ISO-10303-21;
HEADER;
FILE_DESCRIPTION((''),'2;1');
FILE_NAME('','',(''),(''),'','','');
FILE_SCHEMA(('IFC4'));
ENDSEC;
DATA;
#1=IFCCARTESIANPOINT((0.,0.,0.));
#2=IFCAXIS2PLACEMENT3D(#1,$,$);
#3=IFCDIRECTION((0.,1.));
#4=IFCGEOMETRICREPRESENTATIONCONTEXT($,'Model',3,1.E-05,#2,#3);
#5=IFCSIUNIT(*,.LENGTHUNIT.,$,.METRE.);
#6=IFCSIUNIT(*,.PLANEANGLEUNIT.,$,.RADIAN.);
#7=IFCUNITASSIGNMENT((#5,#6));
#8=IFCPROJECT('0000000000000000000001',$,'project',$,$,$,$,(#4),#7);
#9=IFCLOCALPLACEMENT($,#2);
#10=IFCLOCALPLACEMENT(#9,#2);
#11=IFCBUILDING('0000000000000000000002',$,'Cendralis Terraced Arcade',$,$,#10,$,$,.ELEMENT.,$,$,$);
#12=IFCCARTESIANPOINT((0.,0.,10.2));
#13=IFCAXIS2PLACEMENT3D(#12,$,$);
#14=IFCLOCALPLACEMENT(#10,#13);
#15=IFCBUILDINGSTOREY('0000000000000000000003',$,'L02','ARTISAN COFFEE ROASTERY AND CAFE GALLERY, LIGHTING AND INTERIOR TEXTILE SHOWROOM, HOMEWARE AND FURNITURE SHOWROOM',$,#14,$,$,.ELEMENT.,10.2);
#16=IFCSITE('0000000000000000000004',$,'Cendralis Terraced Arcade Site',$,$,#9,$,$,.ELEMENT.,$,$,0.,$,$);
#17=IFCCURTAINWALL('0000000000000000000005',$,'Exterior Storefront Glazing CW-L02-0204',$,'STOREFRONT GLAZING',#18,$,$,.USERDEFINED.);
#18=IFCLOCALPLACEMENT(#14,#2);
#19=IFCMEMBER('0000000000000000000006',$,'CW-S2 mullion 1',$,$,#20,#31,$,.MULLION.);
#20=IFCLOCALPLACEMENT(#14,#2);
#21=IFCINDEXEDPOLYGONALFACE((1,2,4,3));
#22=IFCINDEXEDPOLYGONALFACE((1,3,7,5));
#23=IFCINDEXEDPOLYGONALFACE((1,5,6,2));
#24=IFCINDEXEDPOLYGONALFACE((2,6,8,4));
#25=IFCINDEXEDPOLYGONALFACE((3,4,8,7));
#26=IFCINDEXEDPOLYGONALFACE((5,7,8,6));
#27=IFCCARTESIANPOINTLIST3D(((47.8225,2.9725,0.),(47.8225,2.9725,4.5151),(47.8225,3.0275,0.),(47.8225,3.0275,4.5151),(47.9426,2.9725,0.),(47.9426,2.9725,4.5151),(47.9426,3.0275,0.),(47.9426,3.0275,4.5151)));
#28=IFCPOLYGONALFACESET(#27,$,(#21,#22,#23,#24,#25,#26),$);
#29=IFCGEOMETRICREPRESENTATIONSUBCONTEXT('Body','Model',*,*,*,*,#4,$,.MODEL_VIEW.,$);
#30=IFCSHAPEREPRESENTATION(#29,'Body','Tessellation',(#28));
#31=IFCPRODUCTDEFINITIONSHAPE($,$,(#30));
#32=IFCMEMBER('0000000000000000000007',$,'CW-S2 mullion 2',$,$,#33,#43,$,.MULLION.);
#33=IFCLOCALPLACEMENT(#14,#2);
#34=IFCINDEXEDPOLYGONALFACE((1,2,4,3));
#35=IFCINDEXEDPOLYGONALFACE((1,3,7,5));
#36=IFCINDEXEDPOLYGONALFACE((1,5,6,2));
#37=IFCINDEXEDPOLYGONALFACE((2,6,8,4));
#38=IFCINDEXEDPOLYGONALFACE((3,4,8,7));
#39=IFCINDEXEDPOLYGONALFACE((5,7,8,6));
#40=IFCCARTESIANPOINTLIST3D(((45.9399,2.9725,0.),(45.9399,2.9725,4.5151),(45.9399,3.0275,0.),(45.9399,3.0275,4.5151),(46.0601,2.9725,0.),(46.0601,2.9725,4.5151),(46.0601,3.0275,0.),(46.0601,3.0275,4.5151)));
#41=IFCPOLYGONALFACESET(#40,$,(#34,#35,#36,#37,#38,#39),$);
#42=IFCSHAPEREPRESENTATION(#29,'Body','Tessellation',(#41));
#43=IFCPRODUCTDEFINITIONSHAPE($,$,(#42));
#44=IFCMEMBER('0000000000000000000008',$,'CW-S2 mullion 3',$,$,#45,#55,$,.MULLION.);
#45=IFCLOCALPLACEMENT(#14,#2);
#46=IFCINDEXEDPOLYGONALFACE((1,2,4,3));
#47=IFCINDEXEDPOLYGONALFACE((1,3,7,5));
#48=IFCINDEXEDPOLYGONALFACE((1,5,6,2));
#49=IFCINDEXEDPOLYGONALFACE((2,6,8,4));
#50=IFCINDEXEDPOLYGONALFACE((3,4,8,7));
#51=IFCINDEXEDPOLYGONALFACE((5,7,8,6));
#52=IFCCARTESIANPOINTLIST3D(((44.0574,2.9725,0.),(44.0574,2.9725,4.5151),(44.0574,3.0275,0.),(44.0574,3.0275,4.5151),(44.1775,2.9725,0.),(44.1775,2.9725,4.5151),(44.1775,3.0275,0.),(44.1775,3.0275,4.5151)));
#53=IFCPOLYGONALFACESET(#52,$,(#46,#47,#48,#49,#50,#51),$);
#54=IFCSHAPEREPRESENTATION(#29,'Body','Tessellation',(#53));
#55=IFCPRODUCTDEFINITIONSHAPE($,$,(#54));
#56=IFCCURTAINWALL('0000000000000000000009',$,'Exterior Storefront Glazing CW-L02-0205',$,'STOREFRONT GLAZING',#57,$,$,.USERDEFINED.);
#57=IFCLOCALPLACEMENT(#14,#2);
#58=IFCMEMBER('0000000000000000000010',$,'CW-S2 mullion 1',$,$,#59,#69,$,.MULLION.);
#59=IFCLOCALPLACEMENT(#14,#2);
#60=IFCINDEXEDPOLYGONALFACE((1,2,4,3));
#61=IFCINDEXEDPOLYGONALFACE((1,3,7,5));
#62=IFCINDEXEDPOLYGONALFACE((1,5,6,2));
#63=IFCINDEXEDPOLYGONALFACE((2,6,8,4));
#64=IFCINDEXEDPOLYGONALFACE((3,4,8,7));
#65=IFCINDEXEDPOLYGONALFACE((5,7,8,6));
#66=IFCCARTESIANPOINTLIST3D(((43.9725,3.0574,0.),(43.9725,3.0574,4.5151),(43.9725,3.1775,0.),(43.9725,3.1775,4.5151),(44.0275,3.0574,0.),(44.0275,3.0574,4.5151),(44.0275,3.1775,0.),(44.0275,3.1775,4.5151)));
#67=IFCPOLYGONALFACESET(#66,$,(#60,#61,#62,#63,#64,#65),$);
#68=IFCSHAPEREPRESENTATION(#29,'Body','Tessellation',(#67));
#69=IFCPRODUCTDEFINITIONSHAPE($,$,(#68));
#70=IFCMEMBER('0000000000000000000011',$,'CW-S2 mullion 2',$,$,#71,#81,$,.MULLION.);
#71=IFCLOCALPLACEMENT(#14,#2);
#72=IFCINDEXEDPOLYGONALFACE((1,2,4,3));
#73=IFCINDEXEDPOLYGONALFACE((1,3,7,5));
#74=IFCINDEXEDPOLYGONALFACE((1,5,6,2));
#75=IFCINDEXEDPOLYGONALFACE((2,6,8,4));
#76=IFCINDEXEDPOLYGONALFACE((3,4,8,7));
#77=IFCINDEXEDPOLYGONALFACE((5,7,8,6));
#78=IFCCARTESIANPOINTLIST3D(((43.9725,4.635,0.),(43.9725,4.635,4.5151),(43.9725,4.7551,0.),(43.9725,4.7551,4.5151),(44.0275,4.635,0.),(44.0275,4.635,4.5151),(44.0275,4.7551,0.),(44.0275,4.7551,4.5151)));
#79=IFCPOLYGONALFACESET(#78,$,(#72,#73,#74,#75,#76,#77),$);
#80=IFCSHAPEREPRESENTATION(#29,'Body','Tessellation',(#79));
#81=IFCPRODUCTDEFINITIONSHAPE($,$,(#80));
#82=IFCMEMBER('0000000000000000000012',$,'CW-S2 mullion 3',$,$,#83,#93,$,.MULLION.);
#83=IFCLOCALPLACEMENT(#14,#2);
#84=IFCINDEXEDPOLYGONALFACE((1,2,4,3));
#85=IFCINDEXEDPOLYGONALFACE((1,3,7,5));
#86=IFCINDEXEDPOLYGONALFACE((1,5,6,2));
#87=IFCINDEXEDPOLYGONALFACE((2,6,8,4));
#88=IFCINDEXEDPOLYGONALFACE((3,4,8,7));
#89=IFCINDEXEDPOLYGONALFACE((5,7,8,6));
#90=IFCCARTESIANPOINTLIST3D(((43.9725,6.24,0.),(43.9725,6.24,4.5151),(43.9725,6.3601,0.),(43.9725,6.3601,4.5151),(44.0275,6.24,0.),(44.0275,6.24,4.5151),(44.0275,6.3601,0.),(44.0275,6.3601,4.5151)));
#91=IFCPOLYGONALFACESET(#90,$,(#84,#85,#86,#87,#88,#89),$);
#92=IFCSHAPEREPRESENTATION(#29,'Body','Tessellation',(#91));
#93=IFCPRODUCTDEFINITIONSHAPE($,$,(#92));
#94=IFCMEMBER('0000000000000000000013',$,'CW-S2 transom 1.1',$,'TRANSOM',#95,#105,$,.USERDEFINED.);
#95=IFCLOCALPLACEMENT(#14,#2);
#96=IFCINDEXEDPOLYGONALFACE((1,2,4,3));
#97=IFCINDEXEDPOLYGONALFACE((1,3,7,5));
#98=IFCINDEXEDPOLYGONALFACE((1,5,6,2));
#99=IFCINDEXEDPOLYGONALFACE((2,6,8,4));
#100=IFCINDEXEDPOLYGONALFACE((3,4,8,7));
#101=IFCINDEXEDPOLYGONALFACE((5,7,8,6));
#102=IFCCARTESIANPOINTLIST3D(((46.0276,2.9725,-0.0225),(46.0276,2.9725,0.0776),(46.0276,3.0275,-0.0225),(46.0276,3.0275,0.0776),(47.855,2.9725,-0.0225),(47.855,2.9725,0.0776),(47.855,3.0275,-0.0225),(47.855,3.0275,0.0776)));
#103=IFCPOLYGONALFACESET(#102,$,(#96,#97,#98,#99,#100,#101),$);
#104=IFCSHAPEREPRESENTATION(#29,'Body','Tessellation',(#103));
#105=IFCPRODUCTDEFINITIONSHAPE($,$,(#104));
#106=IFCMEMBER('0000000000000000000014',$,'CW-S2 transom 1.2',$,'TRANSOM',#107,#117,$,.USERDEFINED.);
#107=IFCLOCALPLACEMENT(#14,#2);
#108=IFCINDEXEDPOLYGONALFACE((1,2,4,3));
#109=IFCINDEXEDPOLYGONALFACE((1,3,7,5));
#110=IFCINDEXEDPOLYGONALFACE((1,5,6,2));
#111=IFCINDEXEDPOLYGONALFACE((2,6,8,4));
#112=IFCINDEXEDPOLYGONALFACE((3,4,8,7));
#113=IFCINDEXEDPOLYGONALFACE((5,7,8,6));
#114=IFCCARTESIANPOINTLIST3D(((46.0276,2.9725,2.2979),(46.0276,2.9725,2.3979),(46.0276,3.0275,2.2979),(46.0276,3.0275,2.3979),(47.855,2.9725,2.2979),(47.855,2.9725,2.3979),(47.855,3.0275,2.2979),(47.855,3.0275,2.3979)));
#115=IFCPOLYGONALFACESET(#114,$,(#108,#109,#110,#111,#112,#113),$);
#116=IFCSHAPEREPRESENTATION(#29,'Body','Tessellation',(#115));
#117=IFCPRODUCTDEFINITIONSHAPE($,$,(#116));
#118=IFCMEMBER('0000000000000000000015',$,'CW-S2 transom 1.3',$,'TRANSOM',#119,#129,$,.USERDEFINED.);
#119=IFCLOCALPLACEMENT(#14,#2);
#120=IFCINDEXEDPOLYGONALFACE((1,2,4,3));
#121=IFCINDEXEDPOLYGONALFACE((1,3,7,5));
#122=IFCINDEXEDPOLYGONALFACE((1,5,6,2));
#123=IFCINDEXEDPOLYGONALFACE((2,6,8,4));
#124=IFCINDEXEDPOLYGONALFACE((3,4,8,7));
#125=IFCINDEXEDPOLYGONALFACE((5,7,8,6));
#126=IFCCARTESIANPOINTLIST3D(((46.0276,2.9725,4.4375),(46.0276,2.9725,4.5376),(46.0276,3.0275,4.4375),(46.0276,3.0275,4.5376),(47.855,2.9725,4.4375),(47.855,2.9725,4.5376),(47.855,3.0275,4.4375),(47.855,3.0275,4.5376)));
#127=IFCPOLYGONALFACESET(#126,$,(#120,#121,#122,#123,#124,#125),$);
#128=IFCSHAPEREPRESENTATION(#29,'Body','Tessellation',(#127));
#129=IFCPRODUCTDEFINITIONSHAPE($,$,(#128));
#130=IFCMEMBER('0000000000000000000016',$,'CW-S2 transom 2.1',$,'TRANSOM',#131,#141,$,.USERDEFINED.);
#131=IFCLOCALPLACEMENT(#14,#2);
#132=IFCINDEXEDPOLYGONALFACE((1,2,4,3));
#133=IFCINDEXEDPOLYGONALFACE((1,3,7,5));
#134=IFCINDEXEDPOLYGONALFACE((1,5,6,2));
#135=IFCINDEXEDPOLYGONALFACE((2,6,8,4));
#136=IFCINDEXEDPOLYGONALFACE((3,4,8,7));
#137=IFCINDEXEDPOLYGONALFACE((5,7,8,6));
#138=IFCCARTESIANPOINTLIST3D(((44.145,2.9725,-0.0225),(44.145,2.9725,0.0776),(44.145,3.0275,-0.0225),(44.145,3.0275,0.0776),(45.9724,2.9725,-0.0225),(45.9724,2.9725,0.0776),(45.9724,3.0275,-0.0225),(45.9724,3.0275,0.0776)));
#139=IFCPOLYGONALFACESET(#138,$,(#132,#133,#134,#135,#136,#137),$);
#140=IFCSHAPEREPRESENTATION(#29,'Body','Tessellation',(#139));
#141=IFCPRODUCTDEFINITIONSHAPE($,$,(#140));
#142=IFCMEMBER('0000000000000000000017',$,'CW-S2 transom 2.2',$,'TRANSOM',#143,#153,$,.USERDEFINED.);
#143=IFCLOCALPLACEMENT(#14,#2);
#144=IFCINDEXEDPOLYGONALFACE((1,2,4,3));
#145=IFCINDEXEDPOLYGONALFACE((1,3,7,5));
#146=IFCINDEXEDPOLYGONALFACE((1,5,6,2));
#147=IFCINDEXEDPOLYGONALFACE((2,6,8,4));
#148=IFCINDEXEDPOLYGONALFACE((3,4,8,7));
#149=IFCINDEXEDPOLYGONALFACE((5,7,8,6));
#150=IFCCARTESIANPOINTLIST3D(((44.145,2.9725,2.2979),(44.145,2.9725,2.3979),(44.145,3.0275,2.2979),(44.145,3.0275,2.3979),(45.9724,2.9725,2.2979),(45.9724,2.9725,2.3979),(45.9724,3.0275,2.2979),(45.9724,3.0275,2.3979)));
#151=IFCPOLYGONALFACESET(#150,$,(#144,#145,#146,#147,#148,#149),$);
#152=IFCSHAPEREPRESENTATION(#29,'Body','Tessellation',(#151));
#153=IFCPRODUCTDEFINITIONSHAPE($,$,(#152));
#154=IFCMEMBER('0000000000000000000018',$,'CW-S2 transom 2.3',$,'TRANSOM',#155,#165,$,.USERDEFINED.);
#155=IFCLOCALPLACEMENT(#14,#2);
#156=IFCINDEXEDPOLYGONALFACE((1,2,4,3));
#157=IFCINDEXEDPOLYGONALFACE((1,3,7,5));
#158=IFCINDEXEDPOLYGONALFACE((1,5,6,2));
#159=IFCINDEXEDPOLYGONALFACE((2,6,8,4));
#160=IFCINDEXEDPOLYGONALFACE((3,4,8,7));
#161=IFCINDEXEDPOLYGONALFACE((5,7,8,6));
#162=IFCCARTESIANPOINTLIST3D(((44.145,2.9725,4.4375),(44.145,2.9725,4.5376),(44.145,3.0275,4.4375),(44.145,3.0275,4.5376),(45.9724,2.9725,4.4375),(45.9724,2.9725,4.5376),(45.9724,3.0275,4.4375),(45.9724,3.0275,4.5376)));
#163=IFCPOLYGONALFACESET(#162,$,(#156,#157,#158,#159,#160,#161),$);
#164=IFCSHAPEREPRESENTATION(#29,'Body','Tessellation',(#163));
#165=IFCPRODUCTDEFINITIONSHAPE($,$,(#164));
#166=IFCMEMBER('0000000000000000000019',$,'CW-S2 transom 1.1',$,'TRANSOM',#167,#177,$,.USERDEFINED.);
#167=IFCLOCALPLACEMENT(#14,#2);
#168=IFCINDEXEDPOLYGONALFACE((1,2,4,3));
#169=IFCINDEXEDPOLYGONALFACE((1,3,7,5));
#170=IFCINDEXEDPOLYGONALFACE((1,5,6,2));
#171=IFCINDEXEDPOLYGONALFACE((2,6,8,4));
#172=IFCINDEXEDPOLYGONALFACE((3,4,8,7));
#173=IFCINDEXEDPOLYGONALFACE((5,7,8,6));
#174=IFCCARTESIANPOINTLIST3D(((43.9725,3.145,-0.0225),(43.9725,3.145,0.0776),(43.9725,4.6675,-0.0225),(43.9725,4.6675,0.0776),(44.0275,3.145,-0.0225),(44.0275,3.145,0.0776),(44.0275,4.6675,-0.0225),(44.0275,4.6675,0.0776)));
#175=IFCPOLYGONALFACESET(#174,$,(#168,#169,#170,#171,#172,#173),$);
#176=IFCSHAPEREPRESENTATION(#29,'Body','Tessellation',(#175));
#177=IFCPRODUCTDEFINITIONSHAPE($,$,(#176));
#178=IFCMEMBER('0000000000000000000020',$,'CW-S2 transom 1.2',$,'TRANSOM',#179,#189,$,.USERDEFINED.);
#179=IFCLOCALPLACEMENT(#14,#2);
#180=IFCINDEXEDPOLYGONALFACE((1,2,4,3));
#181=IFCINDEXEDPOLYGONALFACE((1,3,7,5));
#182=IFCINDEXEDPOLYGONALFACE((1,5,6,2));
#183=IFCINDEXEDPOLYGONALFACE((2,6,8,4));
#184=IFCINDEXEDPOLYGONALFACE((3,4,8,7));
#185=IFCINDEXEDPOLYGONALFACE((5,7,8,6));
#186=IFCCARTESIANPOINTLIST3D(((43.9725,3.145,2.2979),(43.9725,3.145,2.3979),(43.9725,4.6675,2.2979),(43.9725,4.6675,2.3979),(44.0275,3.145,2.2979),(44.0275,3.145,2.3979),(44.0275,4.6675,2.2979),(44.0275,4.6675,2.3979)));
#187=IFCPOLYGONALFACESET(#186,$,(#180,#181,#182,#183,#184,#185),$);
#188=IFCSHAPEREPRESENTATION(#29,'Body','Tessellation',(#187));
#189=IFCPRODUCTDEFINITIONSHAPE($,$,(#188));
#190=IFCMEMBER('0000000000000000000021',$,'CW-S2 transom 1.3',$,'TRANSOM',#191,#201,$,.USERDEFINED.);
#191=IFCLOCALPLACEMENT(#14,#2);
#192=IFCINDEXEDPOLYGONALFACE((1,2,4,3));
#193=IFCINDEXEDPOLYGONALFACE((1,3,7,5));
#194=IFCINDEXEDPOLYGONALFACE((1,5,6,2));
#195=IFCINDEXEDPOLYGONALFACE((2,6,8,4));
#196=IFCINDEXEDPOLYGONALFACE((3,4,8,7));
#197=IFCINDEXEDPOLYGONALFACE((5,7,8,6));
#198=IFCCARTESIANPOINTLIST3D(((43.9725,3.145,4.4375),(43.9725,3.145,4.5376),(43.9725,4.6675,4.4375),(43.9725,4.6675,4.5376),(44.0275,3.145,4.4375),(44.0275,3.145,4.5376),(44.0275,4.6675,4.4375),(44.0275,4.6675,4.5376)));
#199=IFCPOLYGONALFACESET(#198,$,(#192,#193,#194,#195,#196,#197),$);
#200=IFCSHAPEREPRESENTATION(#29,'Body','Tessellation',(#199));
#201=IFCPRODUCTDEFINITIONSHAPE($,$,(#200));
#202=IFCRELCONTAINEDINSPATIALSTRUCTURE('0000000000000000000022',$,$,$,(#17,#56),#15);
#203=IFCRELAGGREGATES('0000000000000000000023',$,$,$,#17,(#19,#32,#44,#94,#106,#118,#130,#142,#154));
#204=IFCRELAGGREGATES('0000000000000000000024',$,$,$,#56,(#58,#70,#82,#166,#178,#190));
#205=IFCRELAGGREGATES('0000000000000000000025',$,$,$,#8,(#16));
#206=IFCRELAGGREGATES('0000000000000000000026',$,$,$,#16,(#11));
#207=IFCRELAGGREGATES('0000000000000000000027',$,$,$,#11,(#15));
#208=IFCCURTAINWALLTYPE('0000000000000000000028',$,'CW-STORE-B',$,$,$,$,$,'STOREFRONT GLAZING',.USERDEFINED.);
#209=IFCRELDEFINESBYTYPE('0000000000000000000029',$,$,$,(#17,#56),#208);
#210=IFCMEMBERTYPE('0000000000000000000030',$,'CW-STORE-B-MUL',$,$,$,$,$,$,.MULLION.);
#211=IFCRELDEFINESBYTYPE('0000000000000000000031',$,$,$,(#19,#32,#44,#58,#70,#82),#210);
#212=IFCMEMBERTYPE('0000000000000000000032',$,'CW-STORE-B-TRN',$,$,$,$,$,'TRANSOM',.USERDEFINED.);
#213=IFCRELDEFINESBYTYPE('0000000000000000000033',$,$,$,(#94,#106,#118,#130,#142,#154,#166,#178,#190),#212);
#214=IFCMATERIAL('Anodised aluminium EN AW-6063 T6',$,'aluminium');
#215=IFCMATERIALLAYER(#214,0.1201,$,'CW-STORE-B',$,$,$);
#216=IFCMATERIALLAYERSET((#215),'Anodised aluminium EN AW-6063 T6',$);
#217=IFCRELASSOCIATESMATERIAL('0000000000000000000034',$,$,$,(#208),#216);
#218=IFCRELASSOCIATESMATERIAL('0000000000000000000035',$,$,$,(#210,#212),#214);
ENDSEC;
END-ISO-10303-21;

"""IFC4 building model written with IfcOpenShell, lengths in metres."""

from ifc_helpers import new_model, si_unit, direction, frame, origin, origin_2d, place, context, subcontext, project, spatial, rectangle, extrude, material, layer, layer_set, material_profile, profile_set, type_object, element, aggregate, save


model = new_model("IFC4")

# Units and contexts
model_context = context("Model", 3, precision=1e-05, world=origin(), true_north=direction((0.0, 1.0)))
body_context = subcontext(model_context, "Body", "Model", "MODEL_VIEW")
ifc_project = project(units=[si_unit("LENGTHUNIT", "METRE"), si_unit("PLANEANGLEUNIT", "RADIAN")], contexts=[model_context])

# Site, building, storey
site_placement = place(None, origin())
site = spatial("IfcSite", under=ifc_project, at=site_placement, Name="Cendralis Terraced Arcade Site", CompositionType="ELEMENT", RefElevation=0.0)
building_placement = place(site_placement, origin())
building = spatial("IfcBuilding", under=site, at=building_placement, Name="Cendralis Terraced Arcade", CompositionType="ELEMENT")
storey_placement = place(building_placement, frame((0.0, 0.0, 10.2)))
storey = spatial("IfcBuildingStorey", under=building, at=storey_placement, Name="L02", Description="ARTISAN COFFEE ROASTERY AND CAFE GALLERY, LIGHTING AND INTERIOR TEXTILE SHOWROOM, HOMEWARE AND FURNITURE SHOWROOM", CompositionType="ELEMENT", Elevation=10.2)

# Curtain walls, members
ifc_material_1 = material(Name="Anodised aluminium EN AW-6063 T6", Category="aluminium")
ifc_layer_1 = layer(ifc_material_1, 0.1201, Name="CW-STORE-B")
ifc_layer_set_1 = layer_set([ifc_layer_1], Name="Anodised aluminium EN AW-6063 T6")
curtain_wall_type_1 = type_object("IfcCurtainWallType", Name="CW-STORE-B", ElementType="STOREFRONT GLAZING", PredefinedType="USERDEFINED", material=ifc_layer_set_1)
curtain_wall_1_placement = place(storey_placement, origin())
curtain_wall_1 = element("IfcCurtainWall", 1, at=curtain_wall_1_placement, inside=storey, type_object=curtain_wall_type_1, Name="Exterior Storefront Glazing CW-L02-0204", ObjectType="STOREFRONT GLAZING", PredefinedType="USERDEFINED")
ifc_material_profile_1 = material_profile(ifc_material_1, rectangle(XDim=0.0549, YDim=0.1201, at=origin_2d()), Name="ALU-MUL-55x120")
ifc_profile_set_1 = profile_set([ifc_material_profile_1], Name="Anodised aluminium EN AW-6063 T6")
member_type_1 = type_object("IfcMemberType", Name="CW-STORE-B-MUL", PredefinedType="MULLION", material=ifc_profile_set_1)
member_1_placement = place(storey_placement, frame((47.8826, 3.0, 0.0), z_axis=(0.0, 0.0, 1.0), x_axis=(0.0, -1.0, 0.0)))
member_1 = element("IfcMember", 2, at=member_1_placement, type_object=member_type_1, Name="CW-S2 mullion 1", PredefinedType="MULLION", context=body_context, shape_type="SweptSolid", body=[
    extrude(rectangle(XDim=0.0549, YDim=0.1201, at=origin_2d()), origin(), (0.0, 0.0, 1.0), 4.5151),
])
member_2_placement = place(storey_placement, frame((46.0, 3.0, 0.0), z_axis=(0.0, 0.0, 1.0), x_axis=(0.0, -1.0, 0.0)))
member_2 = element("IfcMember", 3, at=member_2_placement, type_object=member_type_1, Name="CW-S2 mullion 2", PredefinedType="MULLION", context=body_context, shape_type="SweptSolid", body=[
    extrude(rectangle(XDim=0.0549, YDim=0.1201, at=origin_2d()), origin(), (0.0, 0.0, 1.0), 4.5151),
])
member_3_placement = place(storey_placement, frame((44.1174, 3.0, 0.0), z_axis=(0.0, 0.0, 1.0), x_axis=(0.0, -1.0, 0.0)))
member_3 = element("IfcMember", 4, at=member_3_placement, type_object=member_type_1, Name="CW-S2 mullion 3", PredefinedType="MULLION", context=body_context, shape_type="SweptSolid", body=[
    extrude(rectangle(XDim=0.0549, YDim=0.1201, at=origin_2d()), origin(), (0.0, 0.0, 1.0), 4.5151),
])
curtain_wall_2_placement = place(storey_placement, origin())
curtain_wall_2 = element("IfcCurtainWall", 5, at=curtain_wall_2_placement, inside=storey, type_object=curtain_wall_type_1, Name="Exterior Storefront Glazing CW-L02-0205", ObjectType="STOREFRONT GLAZING", PredefinedType="USERDEFINED")
member_4_placement = place(storey_placement, frame((44.0, 3.1174, 0.0), z_axis=(0.0, 0.0, 1.0), x_axis=(-1.0, 0.0, 0.0)))
member_4 = element("IfcMember", 6, at=member_4_placement, type_object=member_type_1, Name="CW-S2 mullion 1", PredefinedType="MULLION", context=body_context, shape_type="SweptSolid", body=[
    extrude(rectangle(XDim=0.0549, YDim=0.1201, at=origin_2d()), origin(), (0.0, 0.0, 1.0), 4.5151),
])
member_5_placement = place(storey_placement, frame((44.0, 4.6951, 0.0), z_axis=(0.0, 0.0, 1.0), x_axis=(-1.0, 0.0, 0.0)))
member_5 = element("IfcMember", 7, at=member_5_placement, type_object=member_type_1, Name="CW-S2 mullion 2", PredefinedType="MULLION", context=body_context, shape_type="SweptSolid", body=[
    extrude(rectangle(XDim=0.0549, YDim=0.1201, at=origin_2d()), origin(), (0.0, 0.0, 1.0), 4.5151),
])
member_6_placement = place(storey_placement, frame((44.0, 6.3, 0.0), z_axis=(0.0, 0.0, 1.0), x_axis=(-1.0, 0.0, 0.0)))
member_6 = element("IfcMember", 8, at=member_6_placement, type_object=member_type_1, Name="CW-S2 mullion 3", PredefinedType="MULLION", context=body_context, shape_type="SweptSolid", body=[
    extrude(rectangle(XDim=0.0549, YDim=0.1201, at=origin_2d()), origin(), (0.0, 0.0, 1.0), 4.5151),
])

# Members
ifc_material_profile_2 = material_profile(ifc_material_1, rectangle(XDim=0.0549, YDim=0.1001, at=origin_2d()), Name="ALU-TRN-55x100")
ifc_profile_set_2 = profile_set([ifc_material_profile_2], Name="Anodised aluminium EN AW-6063 T6")
member_type_2 = type_object("IfcMemberType", Name="CW-STORE-B-TRN", ElementType="TRANSOM", PredefinedType="USERDEFINED", material=ifc_profile_set_2)
member_7_placement = place(storey_placement, frame((47.855, 3.0, 0.0276), z_axis=(-1.0, 0.0, 0.0), x_axis=(0.0, -1.0, 0.0)))
member_7 = element("IfcMember", 9, at=member_7_placement, type_object=member_type_2, Name="CW-S2 transom 1.1", ObjectType="TRANSOM", PredefinedType="USERDEFINED", context=body_context, shape_type="SweptSolid", body=[
    extrude(rectangle(XDim=0.0549, YDim=0.1001, at=origin_2d()), origin(), (0.0, 0.0, 1.0), 1.8274),
])
member_8_placement = place(storey_placement, frame((47.855, 3.0, 2.3479), z_axis=(-1.0, 0.0, 0.0), x_axis=(0.0, -1.0, 0.0)))
member_8 = element("IfcMember", 10, at=member_8_placement, type_object=member_type_2, Name="CW-S2 transom 1.2", ObjectType="TRANSOM", PredefinedType="USERDEFINED", context=body_context, shape_type="SweptSolid", body=[
    extrude(rectangle(XDim=0.0549, YDim=0.1001, at=origin_2d()), origin(), (0.0, 0.0, 1.0), 1.8274),
])
member_9_placement = place(storey_placement, frame((47.855, 3.0, 4.4875), z_axis=(-1.0, 0.0, 0.0), x_axis=(0.0, -1.0, 0.0)))
member_9 = element("IfcMember", 11, at=member_9_placement, type_object=member_type_2, Name="CW-S2 transom 1.3", ObjectType="TRANSOM", PredefinedType="USERDEFINED", context=body_context, shape_type="SweptSolid", body=[
    extrude(rectangle(XDim=0.0549, YDim=0.1001, at=origin_2d()), origin(), (0.0, 0.0, 1.0), 1.8274),
])
member_10_placement = place(storey_placement, frame((45.9724, 3.0, 0.0276), z_axis=(-1.0, 0.0, 0.0), x_axis=(0.0, -1.0, 0.0)))
member_10 = element("IfcMember", 12, at=member_10_placement, type_object=member_type_2, Name="CW-S2 transom 2.1", ObjectType="TRANSOM", PredefinedType="USERDEFINED", context=body_context, shape_type="SweptSolid", body=[
    extrude(rectangle(XDim=0.0549, YDim=0.1001, at=origin_2d()), origin(), (0.0, 0.0, 1.0), 1.8274),
])
member_11_placement = place(storey_placement, frame((45.9724, 3.0, 2.3479), z_axis=(-1.0, 0.0, 0.0), x_axis=(0.0, -1.0, 0.0)))
member_11 = element("IfcMember", 13, at=member_11_placement, type_object=member_type_2, Name="CW-S2 transom 2.2", ObjectType="TRANSOM", PredefinedType="USERDEFINED", context=body_context, shape_type="SweptSolid", body=[
    extrude(rectangle(XDim=0.0549, YDim=0.1001, at=origin_2d()), origin(), (0.0, 0.0, 1.0), 1.8274),
])
member_12_placement = place(storey_placement, frame((45.9724, 3.0, 4.4875), z_axis=(-1.0, 0.0, 0.0), x_axis=(0.0, -1.0, 0.0)))
member_12 = element("IfcMember", 14, at=member_12_placement, type_object=member_type_2, Name="CW-S2 transom 2.3", ObjectType="TRANSOM", PredefinedType="USERDEFINED", context=body_context, shape_type="SweptSolid", body=[
    extrude(rectangle(XDim=0.0549, YDim=0.1001, at=origin_2d()), origin(), (0.0, 0.0, 1.0), 1.8274),
])
member_13_placement = place(storey_placement, frame((44.0, 3.145, 0.0276), z_axis=(0.0, 1.0, 0.0), x_axis=(-1.0, 0.0, 0.0)))
member_13 = element("IfcMember", 15, at=member_13_placement, type_object=member_type_2, Name="CW-S2 transom 1.1", ObjectType="TRANSOM", PredefinedType="USERDEFINED", context=body_context, shape_type="SweptSolid", body=[
    extrude(rectangle(XDim=0.0549, YDim=0.1001, at=origin_2d()), origin(), (0.0, 0.0, 1.0), 1.5225),
])
member_14_placement = place(storey_placement, frame((44.0, 3.145, 2.3479), z_axis=(0.0, 1.0, 0.0), x_axis=(-1.0, 0.0, 0.0)))
member_14 = element("IfcMember", 16, at=member_14_placement, type_object=member_type_2, Name="CW-S2 transom 1.2", ObjectType="TRANSOM", PredefinedType="USERDEFINED", context=body_context, shape_type="SweptSolid", body=[
    extrude(rectangle(XDim=0.0549, YDim=0.1001, at=origin_2d()), origin(), (0.0, 0.0, 1.0), 1.5225),
])
member_15_placement = place(storey_placement, frame((44.0, 3.145, 4.4875), z_axis=(0.0, 1.0, 0.0), x_axis=(-1.0, 0.0, 0.0)))
member_15 = element("IfcMember", 17, at=member_15_placement, type_object=member_type_2, Name="CW-S2 transom 1.3", ObjectType="TRANSOM", PredefinedType="USERDEFINED", context=body_context, shape_type="SweptSolid", body=[
    extrude(rectangle(XDim=0.0549, YDim=0.1001, at=origin_2d()), origin(), (0.0, 0.0, 1.0), 1.5225),
])

aggregate(curtain_wall_1, [member_1, member_2, member_3, member_7, member_8, member_9, member_10, member_11, member_12])
aggregate(curtain_wall_2, [member_4, member_5, member_6, member_13, member_14, member_15])

save(model, "model.ifc")
